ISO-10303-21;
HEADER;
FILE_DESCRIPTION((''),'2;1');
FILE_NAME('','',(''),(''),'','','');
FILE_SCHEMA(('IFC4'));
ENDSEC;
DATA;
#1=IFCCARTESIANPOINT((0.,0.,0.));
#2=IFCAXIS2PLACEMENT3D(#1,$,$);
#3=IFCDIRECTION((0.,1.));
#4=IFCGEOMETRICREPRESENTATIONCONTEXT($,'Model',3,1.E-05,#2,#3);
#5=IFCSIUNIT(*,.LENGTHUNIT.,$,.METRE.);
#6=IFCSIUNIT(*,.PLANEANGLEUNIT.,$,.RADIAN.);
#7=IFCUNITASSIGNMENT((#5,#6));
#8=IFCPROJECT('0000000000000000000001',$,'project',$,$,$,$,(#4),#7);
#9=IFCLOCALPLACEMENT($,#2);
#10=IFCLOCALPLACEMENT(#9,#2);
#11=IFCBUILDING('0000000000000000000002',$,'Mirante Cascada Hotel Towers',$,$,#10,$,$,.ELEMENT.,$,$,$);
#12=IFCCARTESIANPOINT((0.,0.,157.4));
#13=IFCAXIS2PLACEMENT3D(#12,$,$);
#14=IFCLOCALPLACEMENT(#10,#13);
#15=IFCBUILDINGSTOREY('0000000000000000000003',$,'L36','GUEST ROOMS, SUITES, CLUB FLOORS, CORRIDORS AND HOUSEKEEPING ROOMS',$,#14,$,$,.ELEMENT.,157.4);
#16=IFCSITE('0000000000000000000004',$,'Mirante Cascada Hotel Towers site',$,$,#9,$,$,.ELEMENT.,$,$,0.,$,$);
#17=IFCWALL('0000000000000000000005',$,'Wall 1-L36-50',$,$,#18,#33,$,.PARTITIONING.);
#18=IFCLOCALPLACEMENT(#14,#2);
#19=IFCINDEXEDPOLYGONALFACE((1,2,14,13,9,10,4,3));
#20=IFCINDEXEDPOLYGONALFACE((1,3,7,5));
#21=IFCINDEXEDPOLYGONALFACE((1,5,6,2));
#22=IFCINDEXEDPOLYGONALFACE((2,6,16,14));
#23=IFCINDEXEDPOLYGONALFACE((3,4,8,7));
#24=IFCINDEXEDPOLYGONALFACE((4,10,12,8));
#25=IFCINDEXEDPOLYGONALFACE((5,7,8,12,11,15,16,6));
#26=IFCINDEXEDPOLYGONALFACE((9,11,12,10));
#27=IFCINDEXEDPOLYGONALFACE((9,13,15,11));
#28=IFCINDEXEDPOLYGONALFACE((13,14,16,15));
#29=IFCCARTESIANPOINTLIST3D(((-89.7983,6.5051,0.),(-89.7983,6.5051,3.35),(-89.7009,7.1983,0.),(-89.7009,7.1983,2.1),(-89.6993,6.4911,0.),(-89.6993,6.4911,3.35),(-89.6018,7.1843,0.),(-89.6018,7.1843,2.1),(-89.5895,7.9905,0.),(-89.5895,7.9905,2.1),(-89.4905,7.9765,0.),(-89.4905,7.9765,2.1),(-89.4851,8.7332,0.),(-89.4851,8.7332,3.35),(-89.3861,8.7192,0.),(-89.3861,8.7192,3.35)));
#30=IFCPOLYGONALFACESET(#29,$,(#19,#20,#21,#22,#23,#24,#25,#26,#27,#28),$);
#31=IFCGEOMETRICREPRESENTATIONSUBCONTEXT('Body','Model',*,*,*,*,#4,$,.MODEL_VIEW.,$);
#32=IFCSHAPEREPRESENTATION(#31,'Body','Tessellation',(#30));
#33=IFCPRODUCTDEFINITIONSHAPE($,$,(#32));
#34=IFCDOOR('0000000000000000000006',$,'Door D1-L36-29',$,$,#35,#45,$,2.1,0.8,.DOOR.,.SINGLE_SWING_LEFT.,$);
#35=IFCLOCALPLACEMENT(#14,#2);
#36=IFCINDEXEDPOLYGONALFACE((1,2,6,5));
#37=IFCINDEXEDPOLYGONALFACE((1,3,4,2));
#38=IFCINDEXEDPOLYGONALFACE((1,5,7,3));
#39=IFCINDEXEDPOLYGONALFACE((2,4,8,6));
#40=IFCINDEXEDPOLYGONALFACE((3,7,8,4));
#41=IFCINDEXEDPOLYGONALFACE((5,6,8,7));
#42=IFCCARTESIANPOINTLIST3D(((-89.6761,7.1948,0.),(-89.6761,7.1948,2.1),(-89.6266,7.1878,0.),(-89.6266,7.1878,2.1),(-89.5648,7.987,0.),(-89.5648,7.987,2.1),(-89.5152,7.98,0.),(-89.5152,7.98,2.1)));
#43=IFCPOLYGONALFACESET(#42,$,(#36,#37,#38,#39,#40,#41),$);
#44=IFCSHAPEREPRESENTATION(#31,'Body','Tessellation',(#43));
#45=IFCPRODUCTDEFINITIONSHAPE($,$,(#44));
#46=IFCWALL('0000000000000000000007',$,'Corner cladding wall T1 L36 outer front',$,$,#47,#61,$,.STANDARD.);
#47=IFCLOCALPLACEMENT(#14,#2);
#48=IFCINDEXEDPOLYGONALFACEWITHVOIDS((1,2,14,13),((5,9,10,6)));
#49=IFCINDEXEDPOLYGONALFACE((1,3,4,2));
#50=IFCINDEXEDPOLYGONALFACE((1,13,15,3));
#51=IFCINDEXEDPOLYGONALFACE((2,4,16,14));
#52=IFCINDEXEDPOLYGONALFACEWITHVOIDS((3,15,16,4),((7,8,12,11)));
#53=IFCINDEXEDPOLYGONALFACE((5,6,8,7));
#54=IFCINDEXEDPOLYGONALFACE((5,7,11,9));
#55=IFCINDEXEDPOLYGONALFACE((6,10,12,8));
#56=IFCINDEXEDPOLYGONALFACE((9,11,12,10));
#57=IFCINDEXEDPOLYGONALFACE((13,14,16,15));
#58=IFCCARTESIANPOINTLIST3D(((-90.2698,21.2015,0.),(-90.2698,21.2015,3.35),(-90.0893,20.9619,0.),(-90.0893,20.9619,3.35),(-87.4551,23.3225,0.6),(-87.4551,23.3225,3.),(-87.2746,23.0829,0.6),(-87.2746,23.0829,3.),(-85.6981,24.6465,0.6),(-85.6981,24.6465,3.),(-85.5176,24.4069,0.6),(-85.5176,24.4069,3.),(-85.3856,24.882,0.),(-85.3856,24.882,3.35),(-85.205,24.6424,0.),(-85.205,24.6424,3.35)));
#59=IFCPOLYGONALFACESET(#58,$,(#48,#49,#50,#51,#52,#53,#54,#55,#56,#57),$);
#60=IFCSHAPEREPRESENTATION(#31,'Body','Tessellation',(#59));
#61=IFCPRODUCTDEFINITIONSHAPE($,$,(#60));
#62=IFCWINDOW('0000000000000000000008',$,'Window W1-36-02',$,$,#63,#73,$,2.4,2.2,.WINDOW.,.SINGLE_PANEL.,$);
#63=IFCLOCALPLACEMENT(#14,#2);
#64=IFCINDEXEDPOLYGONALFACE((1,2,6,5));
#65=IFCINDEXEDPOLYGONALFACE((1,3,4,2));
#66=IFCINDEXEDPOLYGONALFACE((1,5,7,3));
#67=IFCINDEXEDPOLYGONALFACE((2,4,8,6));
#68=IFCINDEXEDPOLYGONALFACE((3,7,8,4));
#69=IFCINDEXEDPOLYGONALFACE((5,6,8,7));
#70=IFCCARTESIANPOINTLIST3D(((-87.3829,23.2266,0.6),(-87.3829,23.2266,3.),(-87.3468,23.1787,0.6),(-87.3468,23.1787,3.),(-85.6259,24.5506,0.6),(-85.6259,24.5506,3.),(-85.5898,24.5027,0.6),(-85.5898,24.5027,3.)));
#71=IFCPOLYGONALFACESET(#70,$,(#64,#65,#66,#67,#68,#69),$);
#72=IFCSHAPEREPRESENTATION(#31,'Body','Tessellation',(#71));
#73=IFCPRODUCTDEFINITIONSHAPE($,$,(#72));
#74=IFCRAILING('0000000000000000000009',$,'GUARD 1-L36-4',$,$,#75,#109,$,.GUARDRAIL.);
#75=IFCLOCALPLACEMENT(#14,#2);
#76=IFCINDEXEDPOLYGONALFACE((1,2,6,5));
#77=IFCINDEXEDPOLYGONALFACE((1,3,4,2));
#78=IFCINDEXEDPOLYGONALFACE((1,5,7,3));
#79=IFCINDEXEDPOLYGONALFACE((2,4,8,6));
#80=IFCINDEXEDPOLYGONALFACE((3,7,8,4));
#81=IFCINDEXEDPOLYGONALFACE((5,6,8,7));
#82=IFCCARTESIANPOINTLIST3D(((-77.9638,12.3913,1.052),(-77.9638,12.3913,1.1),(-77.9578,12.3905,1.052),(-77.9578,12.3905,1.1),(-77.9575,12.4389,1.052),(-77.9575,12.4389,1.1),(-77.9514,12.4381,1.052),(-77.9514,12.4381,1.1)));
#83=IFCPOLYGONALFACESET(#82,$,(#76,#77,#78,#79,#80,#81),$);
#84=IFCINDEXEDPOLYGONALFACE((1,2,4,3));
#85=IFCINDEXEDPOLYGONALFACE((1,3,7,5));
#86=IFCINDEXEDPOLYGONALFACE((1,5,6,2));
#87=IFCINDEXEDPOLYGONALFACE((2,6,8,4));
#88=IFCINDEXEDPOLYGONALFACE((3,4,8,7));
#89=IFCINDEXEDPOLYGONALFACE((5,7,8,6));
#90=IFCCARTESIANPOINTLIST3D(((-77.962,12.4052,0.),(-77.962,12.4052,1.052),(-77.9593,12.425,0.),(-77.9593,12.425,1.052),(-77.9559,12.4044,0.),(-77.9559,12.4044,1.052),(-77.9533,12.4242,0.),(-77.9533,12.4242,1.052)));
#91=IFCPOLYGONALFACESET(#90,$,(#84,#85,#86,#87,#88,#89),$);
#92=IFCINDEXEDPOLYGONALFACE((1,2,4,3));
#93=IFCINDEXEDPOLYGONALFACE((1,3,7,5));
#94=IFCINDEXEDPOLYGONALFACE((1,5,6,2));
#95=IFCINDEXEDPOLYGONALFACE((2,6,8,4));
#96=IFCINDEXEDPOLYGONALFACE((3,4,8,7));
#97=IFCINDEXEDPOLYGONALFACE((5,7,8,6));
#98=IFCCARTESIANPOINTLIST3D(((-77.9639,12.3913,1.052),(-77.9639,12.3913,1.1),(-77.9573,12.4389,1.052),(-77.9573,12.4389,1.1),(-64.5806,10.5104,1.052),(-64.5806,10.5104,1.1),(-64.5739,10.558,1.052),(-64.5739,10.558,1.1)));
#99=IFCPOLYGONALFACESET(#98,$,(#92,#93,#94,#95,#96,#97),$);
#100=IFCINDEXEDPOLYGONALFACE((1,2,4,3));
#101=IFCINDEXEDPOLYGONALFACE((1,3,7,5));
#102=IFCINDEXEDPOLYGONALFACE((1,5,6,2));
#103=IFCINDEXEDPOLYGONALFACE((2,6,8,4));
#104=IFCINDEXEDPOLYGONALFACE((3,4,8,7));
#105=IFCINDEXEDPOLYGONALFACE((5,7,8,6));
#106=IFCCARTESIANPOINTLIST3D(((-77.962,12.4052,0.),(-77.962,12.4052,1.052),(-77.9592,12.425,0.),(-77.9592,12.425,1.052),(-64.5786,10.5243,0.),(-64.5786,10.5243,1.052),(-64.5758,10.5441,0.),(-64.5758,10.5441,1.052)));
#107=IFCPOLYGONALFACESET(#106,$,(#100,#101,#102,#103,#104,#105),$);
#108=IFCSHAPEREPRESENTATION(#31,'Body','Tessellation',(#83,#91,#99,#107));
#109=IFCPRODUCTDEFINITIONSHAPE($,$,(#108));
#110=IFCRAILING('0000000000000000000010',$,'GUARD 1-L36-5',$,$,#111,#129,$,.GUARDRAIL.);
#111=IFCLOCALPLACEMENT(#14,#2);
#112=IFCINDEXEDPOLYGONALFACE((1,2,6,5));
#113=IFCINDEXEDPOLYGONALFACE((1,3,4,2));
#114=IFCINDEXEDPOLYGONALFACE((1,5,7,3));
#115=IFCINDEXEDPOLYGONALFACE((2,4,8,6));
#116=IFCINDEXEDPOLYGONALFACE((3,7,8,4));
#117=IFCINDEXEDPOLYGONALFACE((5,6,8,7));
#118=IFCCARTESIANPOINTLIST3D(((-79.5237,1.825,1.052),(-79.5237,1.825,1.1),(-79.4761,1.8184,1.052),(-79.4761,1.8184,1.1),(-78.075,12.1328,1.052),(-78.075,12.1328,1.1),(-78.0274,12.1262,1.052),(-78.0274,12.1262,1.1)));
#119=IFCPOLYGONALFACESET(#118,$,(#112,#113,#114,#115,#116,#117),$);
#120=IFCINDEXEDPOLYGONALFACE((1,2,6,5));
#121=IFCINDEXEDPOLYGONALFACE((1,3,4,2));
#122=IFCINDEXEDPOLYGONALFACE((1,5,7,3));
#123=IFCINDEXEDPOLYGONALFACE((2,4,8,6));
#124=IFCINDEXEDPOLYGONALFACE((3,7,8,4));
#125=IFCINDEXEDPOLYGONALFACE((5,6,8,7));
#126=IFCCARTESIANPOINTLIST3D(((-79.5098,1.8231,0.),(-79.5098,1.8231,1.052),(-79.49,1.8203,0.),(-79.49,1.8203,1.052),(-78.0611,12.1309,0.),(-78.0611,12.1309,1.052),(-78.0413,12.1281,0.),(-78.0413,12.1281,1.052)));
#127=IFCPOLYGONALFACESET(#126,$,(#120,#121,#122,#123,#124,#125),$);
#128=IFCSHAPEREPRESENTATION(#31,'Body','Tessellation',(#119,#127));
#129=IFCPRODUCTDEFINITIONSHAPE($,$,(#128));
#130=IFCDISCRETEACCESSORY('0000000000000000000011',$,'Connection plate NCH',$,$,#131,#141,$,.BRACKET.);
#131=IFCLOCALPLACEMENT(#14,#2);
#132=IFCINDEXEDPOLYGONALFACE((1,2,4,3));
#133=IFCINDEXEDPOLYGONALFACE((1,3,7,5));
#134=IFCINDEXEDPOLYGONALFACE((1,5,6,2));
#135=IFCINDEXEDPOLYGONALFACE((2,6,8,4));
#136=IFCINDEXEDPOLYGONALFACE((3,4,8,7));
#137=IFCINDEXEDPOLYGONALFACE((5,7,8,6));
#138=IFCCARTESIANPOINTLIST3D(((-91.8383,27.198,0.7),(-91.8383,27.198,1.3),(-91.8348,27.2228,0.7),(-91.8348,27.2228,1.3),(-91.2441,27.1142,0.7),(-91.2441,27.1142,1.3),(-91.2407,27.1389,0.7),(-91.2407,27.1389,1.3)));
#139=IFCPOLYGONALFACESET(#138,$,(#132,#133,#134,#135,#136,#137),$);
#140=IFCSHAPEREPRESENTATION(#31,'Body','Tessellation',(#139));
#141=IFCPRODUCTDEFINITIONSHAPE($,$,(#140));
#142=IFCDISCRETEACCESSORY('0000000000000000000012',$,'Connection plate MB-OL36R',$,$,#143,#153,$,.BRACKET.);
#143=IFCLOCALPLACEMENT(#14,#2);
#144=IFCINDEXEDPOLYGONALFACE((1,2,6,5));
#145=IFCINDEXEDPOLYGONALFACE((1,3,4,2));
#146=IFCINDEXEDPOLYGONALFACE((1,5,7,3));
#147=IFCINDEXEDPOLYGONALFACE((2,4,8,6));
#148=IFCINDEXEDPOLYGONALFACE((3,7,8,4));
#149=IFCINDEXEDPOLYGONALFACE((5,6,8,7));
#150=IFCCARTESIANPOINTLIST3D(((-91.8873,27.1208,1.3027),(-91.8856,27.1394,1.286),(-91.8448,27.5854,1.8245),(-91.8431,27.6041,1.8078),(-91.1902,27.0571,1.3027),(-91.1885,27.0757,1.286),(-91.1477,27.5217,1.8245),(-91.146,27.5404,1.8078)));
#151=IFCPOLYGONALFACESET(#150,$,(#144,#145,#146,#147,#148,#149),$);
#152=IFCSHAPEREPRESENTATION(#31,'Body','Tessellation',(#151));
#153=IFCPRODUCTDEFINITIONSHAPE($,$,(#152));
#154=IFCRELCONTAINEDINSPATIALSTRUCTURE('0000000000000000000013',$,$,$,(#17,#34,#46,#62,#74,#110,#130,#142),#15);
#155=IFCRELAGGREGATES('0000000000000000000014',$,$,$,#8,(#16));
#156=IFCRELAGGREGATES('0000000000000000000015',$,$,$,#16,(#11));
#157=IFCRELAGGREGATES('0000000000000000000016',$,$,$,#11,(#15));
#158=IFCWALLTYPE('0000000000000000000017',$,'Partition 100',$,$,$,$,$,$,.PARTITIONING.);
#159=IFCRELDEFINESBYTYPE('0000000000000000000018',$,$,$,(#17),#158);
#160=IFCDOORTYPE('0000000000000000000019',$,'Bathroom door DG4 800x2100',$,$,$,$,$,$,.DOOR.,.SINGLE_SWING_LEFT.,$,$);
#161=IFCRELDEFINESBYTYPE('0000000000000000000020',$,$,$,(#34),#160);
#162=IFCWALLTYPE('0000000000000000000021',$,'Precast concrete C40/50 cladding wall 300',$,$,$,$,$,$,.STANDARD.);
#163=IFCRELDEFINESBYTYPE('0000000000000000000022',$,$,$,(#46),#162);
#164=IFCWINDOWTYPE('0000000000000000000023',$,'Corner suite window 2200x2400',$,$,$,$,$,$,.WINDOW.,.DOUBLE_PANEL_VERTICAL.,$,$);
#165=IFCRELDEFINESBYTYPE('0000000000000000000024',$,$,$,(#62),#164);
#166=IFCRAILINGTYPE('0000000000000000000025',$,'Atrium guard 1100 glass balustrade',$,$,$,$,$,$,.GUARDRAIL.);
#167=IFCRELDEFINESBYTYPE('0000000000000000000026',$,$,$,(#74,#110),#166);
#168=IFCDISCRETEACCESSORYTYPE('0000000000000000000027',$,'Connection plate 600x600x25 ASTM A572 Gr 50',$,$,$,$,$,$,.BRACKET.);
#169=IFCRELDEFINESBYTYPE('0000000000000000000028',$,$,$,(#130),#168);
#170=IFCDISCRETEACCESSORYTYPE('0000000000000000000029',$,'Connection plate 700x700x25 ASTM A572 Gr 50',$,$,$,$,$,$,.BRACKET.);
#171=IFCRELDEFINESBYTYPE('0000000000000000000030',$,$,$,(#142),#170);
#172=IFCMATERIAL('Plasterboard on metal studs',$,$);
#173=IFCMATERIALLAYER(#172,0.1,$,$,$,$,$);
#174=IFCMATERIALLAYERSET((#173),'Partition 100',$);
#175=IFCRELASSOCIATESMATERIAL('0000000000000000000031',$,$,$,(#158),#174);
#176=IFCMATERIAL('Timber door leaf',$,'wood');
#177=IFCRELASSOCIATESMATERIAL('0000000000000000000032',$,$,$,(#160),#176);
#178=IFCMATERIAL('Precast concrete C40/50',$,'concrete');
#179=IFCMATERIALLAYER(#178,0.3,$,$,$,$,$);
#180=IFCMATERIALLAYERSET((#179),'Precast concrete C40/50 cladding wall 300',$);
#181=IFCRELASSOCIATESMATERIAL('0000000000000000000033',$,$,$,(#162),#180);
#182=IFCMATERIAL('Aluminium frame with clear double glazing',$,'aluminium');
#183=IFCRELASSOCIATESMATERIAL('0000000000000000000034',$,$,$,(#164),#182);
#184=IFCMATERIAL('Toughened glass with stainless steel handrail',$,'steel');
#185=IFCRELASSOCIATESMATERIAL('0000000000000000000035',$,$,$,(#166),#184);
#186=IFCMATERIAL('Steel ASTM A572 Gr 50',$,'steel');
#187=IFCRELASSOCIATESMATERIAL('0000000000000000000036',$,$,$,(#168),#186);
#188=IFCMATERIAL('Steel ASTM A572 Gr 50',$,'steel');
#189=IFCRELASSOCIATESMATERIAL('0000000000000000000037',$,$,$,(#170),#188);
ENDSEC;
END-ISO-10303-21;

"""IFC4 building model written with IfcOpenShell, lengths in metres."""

from ifc_helpers import new_model, si_unit, direction, frame, frame_2d, origin, origin_2d, place, context, subcontext, project, spatial, rectangle, extrude, material, layer, layer_set, material_profile, profile_set, type_object, element, fill, save


model = new_model("IFC4")

# Units and contexts
model_context = context("Model", 3, precision=1e-05, world=origin(), true_north=direction((0.0, 1.0)))
body_context = subcontext(model_context, "Body", "Model", "MODEL_VIEW")
ifc_project = project(units=[si_unit("LENGTHUNIT", "METRE"), si_unit("PLANEANGLEUNIT", "RADIAN")], contexts=[model_context])

# Site, building, storey
site_placement = place(None, origin())
site = spatial("IfcSite", under=ifc_project, at=site_placement, Name="Mirante Cascada Hotel Towers site", CompositionType="ELEMENT", RefElevation=0.0)
building_placement = place(site_placement, origin())
building = spatial("IfcBuilding", under=site, at=building_placement, Name="Mirante Cascada Hotel Towers", CompositionType="ELEMENT")
storey_placement = place(building_placement, frame((0.0, 0.0, 157.4)))
storey = spatial("IfcBuildingStorey", under=building, at=storey_placement, Name="L36", Description="GUEST ROOMS, SUITES, CLUB FLOORS, CORRIDORS AND HOUSEKEEPING ROOMS", CompositionType="ELEMENT", Elevation=157.4)

# Shared definitions
ifc_material_1 = material(Name="Plasterboard on metal studs")
ifc_layer_1 = layer(ifc_material_1, 0.1)
ifc_layer_set_1 = layer_set([ifc_layer_1], Name="Partition 100")
wall_type_1 = type_object("IfcWallType", Name="Partition 100", PredefinedType="PARTITIONING", material=ifc_layer_set_1)

# Wall, opening, door
wall_1_placement = place(storey_placement, frame((-89.4356, 8.7262, 0.0), z_axis=(0.0, 0.0, 1.0), x_axis=(-0.1392, -0.990264, 0.0)))
wall_1 = element("IfcWall", 1, at=wall_1_placement, inside=storey, type_object=wall_type_1, Name="Wall 1-L36-50", PredefinedType="PARTITIONING", context=body_context, shape_type="SweptSolid", body=[
    extrude(rectangle(XDim=2.25, YDim=0.1, at=frame_2d((1.125, 0.0))), origin(), (0.0, 0.0, 1.0), 3.35),
])
opening_1_placement = place(wall_1_placement, frame((0.75, 0.0, 0.0)))
opening_1 = element("IfcOpeningElement", 2, at=opening_1_placement, cuts=wall_1, PredefinedType="OPENING", context=body_context, shape_type="SweptSolid", body=[
    extrude(rectangle(XDim=0.8, YDim=2.1, at=frame_2d((0.4, 1.05))), frame((0.0, 0.05, 0.0), z_axis=(0.0, -1.0, 0.0), x_axis=(1.0, 0.0, 0.0)), (0.0, 0.0, 1.0), 0.1),
])
ifc_material_2 = material(Name="Timber door leaf", Category="wood")
door_type_1 = type_object("IfcDoorType", Name="Bathroom door DG4 800x2100", OperationType="SINGLE_SWING_LEFT", PredefinedType="DOOR", material=ifc_material_2)
door_1_placement = place(opening_1_placement, origin())
door_1 = element("IfcDoor", 3, at=door_1_placement, inside=storey, type_object=door_type_1, Name="Door D1-L36-29", OperationType="SINGLE_SWING_LEFT", OverallHeight=2.1, OverallWidth=0.8, PredefinedType="DOOR", context=body_context, shape_type="SweptSolid", body=[
    extrude(rectangle(XDim=0.8, YDim=2.1, at=frame_2d((0.4, 1.05))), frame((0.0, 0.025, 0.0), z_axis=(0.0, -1.0, 0.0), x_axis=(1.0, 0.0, 0.0)), (0.0, 0.0, 1.0), 0.05),
])
fill(opening_1, door_1)

# Wall, opening, window
ifc_material_3 = material(Name="Precast concrete C40/50", Category="concrete")
ifc_layer_2 = layer(ifc_material_3, 0.3)
ifc_layer_set_2 = layer_set([ifc_layer_2], Name="Precast concrete C40/50 cladding wall 300")
wall_type_2 = type_object("IfcWallType", Name="Precast concrete C40/50 cladding wall 300", PredefinedType="STANDARD", material=ifc_layer_set_2)
wall_2_placement = place(storey_placement, frame((-90.1795, 21.0817, 0.0), z_axis=(0.0, 0.0, 1.0), x_axis=(0.798636, 0.601814, 0.0)))
wall_2 = element("IfcWall", 4, at=wall_2_placement, inside=storey, type_object=wall_type_2, Name="Corner cladding wall T1 L36 outer front", PredefinedType="STANDARD", context=body_context, shape_type="SweptSolid", body=[
    extrude(rectangle(XDim=6.1157, YDim=0.3, at=frame_2d((3.0578, 0.0))), origin(), (0.0, 0.0, 1.0), 3.35),
])
opening_2_placement = place(wall_2_placement, frame((3.5243, 0.0, 0.6)))
opening_2 = element("IfcOpeningElement", 5, at=opening_2_placement, cuts=wall_2, PredefinedType="OPENING", context=body_context, shape_type="SweptSolid", body=[
    extrude(rectangle(XDim=2.2, YDim=2.4, at=frame_2d((1.1, 1.2))), frame((0.0, 0.15, 0.0), z_axis=(0.0, -1.0, 0.0), x_axis=(1.0, 0.0, 0.0)), (0.0, 0.0, 1.0), 0.3),
])
ifc_material_4 = material(Name="Aluminium frame with clear double glazing", Category="aluminium")
window_type = type_object("IfcWindowType", Name="Corner suite window 2200x2400", PartitioningType="DOUBLE_PANEL_VERTICAL", PredefinedType="WINDOW", material=ifc_material_4)
window_placement = place(opening_2_placement, origin())
window = element("IfcWindow", 6, at=window_placement, inside=storey, type_object=window_type, Name="Window W1-36-02", OverallHeight=2.4, OverallWidth=2.2, PartitioningType="SINGLE_PANEL", PredefinedType="WINDOW", context=body_context, shape_type="SweptSolid", body=[
    extrude(rectangle(XDim=2.2, YDim=2.4, at=frame_2d((1.1, 1.2))), frame((0.0, 0.03, 0.0), z_axis=(0.0, -1.0, 0.0), x_axis=(1.0, 0.0, 0.0)), (0.0, 0.0, 1.0), 0.06),
])
fill(opening_2, window)

# Railings
ifc_material_5 = material(Name="Toughened glass with stainless steel handrail", Category="steel")
railing_type = type_object("IfcRailingType", Name="Atrium guard 1100 glass balustrade", PredefinedType="GUARDRAIL", material=ifc_material_5)
railing_1_placement = place(storey_placement, frame((-77.9546, 12.4143, 0.0)))
element("IfcRailing", 7, at=railing_1_placement, inside=storey, type_object=railing_type, Name="GUARD 1-L36-4", PredefinedType="GUARDRAIL", context=body_context, shape_type="SweptSolid", body=[
    extrude(rectangle(XDim=0.048, YDim=0.048, at=origin_2d()), frame((0.0, 0.0, 1.076), z_axis=(-0.991228, 0.132164, 0.0), x_axis=(-0.132164, -0.991228, 0.0)), (0.0, 0.0, 1.0), 0.0061),
    extrude(rectangle(XDim=0.02, YDim=1.052, at=origin_2d()), frame((0.0, 0.0, 0.526), z_axis=(-0.991228, 0.132164, 0.0), x_axis=(-0.132164, -0.991228, 0.0)), (0.0, 0.0, 1.0), 0.0061),
    extrude(rectangle(XDim=0.048, YDim=0.048, at=origin_2d()), frame((-0.006, 0.0008, 1.076), z_axis=(0.990268, -0.139172, 0.0), x_axis=(0.139172, 0.990268, 0.0)), (0.0, 0.0, 1.0), 13.5149),
    extrude(rectangle(XDim=0.02, YDim=1.052, at=origin_2d()), frame((-0.006, 0.0008, 0.526), z_axis=(0.990268, -0.139172, 0.0), x_axis=(0.139172, 0.990268, 0.0)), (0.0, 0.0, 1.0), 13.5149),
])
railing_2_placement = place(storey_placement, frame((-78.0512, 12.1295, 0.0)))
element("IfcRailing", 8, at=railing_2_placement, inside=storey, type_object=railing_type, Name="GUARD 1-L36-5", PredefinedType="GUARDRAIL", context=body_context, shape_type="SweptSolid", body=[
    extrude(rectangle(XDim=0.048, YDim=0.048, at=origin_2d()), frame((0.0, 0.0, 1.076), z_axis=(-0.139176, -0.990268, 0.0), x_axis=(0.990268, -0.139176, 0.0)), (0.0, 0.0, 1.0), 10.4091),
    extrude(rectangle(XDim=0.02, YDim=1.052, at=origin_2d()), frame((0.0, 0.0, 0.526), z_axis=(-0.139176, -0.990268, 0.0), x_axis=(0.990268, -0.139176, 0.0)), (0.0, 0.0, 1.0), 10.4091),
])

# Discrete accessories
ifc_material_6 = material(Name="Steel ASTM A572 Gr 50", Category="steel")
ifc_material_profile_1 = material_profile(ifc_material_6, rectangle(XDim=0.6, YDim=0.6, at=origin_2d()), Name="Connection plate 600x600x25 ASTM A572 Gr 50")
ifc_profile_set_1 = profile_set([ifc_material_profile_1], Name="Steel ASTM A572 Gr 50")
discrete_accessory_type_1 = type_object("IfcDiscreteAccessoryType", Name="Connection plate 600x600x25 ASTM A572 Gr 50", PredefinedType="BRACKET", material=ifc_profile_set_1)
discrete_accessory_1_placement = place(storey_placement, frame((-91.5412, 27.1561, 1.0), z_axis=(0.139744, 0.990188, 0.0), x_axis=(-0.990188, 0.139744, 0.0)))
element("IfcDiscreteAccessory", 9, at=discrete_accessory_1_placement, inside=storey, type_object=discrete_accessory_type_1, Name="Connection plate NCH", PredefinedType="BRACKET", context=body_context, shape_type="SweptSolid", body=[
    extrude(rectangle(XDim=0.6, YDim=0.6, at=origin_2d()), origin(), (0.0, 0.0, 1.0), 0.025),
])
ifc_material_7 = material(Name="Steel ASTM A572 Gr 50", Category="steel")
ifc_material_profile_2 = material_profile(ifc_material_7, rectangle(XDim=0.7, YDim=0.7, at=origin_2d()), Name="Connection plate 700x700x25 ASTM A572 Gr 50")
ifc_profile_set_2 = profile_set([ifc_material_profile_2], Name="Steel ASTM A572 Gr 50")
discrete_accessory_type_2 = type_object("IfcDiscreteAccessoryType", Name="Connection plate 700x700x25 ASTM A572 Gr 50", PredefinedType="BRACKET", material=ifc_profile_set_2)
discrete_accessory_2_placement = place(storey_placement, frame((-91.5158, 27.3399, 1.5469), z_axis=(-0.067851, -0.742375, 0.66654), x_axis=(0.995849, -0.091019, 0.0)))
element("IfcDiscreteAccessory", 10, at=discrete_accessory_2_placement, inside=storey, type_object=discrete_accessory_type_2, Name="Connection plate MB-OL36R", PredefinedType="BRACKET", context=body_context, shape_type="SweptSolid", body=[
    extrude(rectangle(XDim=0.7, YDim=0.7, at=origin_2d()), origin(), (0.0, 0.0, 1.0), 0.0251),
])

save(model, "model.ifc")
